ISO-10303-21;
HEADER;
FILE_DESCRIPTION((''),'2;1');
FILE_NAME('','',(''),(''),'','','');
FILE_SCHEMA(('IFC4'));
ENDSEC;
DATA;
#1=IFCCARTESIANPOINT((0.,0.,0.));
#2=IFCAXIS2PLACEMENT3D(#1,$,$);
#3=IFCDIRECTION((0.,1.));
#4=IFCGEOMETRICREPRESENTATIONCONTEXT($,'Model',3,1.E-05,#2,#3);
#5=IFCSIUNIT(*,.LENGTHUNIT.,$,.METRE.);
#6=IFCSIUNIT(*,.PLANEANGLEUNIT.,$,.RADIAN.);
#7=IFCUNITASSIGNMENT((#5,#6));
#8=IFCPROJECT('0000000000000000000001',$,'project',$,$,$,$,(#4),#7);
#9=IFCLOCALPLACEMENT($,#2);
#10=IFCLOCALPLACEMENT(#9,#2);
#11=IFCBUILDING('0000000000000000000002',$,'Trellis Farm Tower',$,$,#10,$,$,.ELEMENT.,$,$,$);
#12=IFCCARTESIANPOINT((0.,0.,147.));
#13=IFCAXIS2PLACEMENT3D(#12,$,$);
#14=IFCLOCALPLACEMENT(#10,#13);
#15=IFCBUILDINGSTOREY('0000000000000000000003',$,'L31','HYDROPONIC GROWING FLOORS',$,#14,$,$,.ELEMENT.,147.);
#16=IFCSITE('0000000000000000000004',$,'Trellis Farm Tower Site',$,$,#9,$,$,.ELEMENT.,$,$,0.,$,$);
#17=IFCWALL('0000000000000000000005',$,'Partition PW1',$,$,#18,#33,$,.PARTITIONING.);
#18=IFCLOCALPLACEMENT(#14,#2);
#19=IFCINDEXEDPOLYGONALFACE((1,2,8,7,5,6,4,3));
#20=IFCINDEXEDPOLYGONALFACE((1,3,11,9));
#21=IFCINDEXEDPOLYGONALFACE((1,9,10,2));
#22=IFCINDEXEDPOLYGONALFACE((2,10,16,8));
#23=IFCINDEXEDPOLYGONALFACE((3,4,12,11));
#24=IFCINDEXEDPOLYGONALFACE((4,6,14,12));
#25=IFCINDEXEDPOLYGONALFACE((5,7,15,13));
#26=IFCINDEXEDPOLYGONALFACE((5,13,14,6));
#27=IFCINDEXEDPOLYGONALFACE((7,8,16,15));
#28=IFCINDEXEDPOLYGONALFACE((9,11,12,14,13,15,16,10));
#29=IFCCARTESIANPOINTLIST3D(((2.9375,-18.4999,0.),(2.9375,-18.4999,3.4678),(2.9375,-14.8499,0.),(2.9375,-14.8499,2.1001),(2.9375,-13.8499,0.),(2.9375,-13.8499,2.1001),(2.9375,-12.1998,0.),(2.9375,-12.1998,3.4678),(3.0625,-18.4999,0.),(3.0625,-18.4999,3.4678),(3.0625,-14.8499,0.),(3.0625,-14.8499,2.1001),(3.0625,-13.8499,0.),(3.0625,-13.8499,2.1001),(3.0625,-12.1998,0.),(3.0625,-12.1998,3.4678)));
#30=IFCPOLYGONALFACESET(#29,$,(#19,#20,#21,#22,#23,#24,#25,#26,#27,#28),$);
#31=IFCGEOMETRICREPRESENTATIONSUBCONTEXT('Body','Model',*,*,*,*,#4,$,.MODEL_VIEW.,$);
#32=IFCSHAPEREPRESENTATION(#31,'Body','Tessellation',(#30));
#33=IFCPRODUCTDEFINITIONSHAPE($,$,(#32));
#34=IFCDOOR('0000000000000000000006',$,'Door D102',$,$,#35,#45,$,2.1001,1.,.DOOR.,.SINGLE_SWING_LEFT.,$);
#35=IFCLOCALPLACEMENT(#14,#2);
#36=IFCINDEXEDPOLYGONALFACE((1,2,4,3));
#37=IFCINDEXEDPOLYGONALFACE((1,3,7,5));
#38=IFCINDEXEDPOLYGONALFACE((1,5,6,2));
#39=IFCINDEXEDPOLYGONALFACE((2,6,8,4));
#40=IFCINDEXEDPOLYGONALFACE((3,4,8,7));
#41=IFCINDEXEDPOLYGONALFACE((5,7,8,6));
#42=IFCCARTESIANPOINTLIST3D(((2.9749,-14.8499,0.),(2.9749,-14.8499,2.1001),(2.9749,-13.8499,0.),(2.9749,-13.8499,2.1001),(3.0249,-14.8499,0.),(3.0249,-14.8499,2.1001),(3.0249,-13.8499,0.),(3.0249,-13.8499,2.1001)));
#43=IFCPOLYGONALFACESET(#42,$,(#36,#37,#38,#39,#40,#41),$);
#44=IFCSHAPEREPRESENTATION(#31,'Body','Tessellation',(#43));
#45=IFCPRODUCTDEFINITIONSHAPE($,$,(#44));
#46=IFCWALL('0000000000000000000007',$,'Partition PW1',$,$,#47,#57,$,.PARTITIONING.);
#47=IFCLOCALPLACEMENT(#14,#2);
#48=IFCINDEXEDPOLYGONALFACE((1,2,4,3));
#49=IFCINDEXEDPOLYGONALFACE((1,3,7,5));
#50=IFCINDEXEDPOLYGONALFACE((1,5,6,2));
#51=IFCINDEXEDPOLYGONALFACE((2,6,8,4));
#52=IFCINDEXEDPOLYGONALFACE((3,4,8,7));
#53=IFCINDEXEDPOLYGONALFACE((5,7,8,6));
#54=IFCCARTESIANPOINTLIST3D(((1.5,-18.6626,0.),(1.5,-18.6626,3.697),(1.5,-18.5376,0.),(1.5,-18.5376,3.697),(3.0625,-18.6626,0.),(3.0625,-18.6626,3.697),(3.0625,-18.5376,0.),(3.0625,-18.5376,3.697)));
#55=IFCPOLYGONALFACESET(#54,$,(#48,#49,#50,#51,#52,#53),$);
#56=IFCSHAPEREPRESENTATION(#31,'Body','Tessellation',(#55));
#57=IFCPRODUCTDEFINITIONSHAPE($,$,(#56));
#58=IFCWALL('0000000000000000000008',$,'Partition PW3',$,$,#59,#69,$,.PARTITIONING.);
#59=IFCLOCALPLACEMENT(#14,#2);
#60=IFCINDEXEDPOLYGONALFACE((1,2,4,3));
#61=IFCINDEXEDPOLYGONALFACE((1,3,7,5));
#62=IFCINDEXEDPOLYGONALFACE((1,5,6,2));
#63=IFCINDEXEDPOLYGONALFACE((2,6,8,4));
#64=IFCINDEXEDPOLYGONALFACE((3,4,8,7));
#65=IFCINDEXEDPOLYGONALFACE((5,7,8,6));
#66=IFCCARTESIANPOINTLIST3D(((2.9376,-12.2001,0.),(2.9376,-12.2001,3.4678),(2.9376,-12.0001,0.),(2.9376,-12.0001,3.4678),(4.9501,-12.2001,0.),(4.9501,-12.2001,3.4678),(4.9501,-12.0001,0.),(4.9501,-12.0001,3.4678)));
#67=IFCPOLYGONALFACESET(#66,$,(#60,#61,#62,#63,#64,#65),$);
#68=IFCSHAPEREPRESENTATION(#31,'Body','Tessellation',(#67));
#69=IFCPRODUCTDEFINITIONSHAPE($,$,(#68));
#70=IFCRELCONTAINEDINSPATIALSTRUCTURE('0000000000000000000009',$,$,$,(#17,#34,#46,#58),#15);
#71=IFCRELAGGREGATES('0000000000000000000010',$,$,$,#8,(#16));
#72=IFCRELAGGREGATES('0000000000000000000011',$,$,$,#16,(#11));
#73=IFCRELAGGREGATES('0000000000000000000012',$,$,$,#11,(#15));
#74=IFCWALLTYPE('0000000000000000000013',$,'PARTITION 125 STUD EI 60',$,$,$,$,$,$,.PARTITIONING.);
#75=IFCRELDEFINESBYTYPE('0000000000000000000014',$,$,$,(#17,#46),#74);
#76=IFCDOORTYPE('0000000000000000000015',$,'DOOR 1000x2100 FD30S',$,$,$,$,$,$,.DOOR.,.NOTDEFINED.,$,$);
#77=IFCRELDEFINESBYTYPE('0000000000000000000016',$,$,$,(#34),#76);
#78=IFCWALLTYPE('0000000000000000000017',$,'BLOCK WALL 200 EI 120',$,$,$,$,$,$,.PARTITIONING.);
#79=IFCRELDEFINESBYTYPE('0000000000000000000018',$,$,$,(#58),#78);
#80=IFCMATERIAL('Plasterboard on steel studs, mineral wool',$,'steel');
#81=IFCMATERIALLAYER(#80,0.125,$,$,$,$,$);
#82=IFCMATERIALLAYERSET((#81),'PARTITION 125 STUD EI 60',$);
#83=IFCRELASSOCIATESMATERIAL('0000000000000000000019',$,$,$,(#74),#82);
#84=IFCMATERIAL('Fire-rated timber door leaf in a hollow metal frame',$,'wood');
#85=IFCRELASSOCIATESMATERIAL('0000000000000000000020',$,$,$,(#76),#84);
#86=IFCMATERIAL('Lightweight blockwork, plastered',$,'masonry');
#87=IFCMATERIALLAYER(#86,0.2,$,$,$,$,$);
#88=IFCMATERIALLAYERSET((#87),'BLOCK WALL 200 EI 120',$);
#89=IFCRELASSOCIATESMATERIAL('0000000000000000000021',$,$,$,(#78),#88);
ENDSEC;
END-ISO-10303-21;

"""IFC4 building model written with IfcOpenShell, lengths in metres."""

from ifc_helpers import new_model, si_unit, direction, frame, frame_2d, origin, place, context, subcontext, project, spatial, rectangle, extrude, source, transform, mapped, material, layer, layer_set, type_object, element, fill, save


model = new_model("IFC4")

# Units and contexts
model_context = context("Model", 3, precision=1e-05, world=origin(), true_north=direction((0.0, 1.0)))
body_context = subcontext(model_context, "Body", "Model", "MODEL_VIEW")
ifc_project = project(units=[si_unit("LENGTHUNIT", "METRE"), si_unit("PLANEANGLEUNIT", "RADIAN")], contexts=[model_context])

# Site, building, storey
site_placement = place(None, origin())
site = spatial("IfcSite", under=ifc_project, at=site_placement, Name="Trellis Farm Tower Site", CompositionType="ELEMENT", RefElevation=0.0)
building_placement = place(site_placement, origin())
building = spatial("IfcBuilding", under=site, at=building_placement, Name="Trellis Farm Tower", CompositionType="ELEMENT")
storey_placement = place(building_placement, frame((0.0, 0.0, 147.0)))
storey = spatial("IfcBuildingStorey", under=building, at=storey_placement, Name="L31", Description="HYDROPONIC GROWING FLOORS", CompositionType="ELEMENT", Elevation=147.0)

# Wall, opening, door
ifc_material_1 = material(Name="Plasterboard on steel studs, mineral wool", Category="steel")
ifc_layer_1 = layer(ifc_material_1, 0.125)
ifc_layer_set_1 = layer_set([ifc_layer_1], Name="PARTITION 125 STUD EI 60")
wall_type_1 = type_object("IfcWallType", Name="PARTITION 125 STUD EI 60", PredefinedType="PARTITIONING", material=ifc_layer_set_1)
ifc_material_2 = material(Name="Fire-rated timber door leaf in a hollow metal frame", Category="wood")
shared_shape_1 = source(origin(), body_context, "Body", "SweptSolid", [
    extrude(rectangle(XDim=6.3, YDim=0.125, at=frame_2d((3.1499, 0.0))), origin(), (0.0, 0.0, 1.0), 3.4678),
])
wall_1_placement = place(storey_placement, frame((3.0, -12.2, 0.0), z_axis=(0.0, 0.0, 1.0), x_axis=(0.0, -1.0, 0.0)))
wall_1 = element("IfcWall", 1, at=wall_1_placement, inside=storey, type_object=wall_type_1, Name="Partition PW1", PredefinedType="PARTITIONING", context=body_context, shape_type="MappedRepresentation", body=[
    mapped(shared_shape_1, transform((0.0, 0.0, 0.0))),
])
shared_shape_2 = source(origin(), body_context, "Body", "SweptSolid", [
    extrude(rectangle(XDim=1.0, YDim=2.1001, at=frame_2d((0.5, 1.05))), frame((0.0, 0.0725, 0.0), z_axis=(0.0, -1.0, 0.0), x_axis=(1.0, 0.0, 0.0)), (0.0, 0.0, 1.0), 0.145),
])
opening_1_placement = place(wall_1_placement, frame((1.6499, 0.0, 0.0)))
opening_1 = element("IfcOpeningElement", 2, at=opening_1_placement, cuts=wall_1, PredefinedType="OPENING", context=body_context, shape_type="MappedRepresentation", body=[
    mapped(shared_shape_2, transform((0.0, 0.0, 0.0))),
])
door_type_1 = type_object("IfcDoorType", Name="DOOR 1000x2100 FD30S", OperationType="NOTDEFINED", PredefinedType="DOOR", material=ifc_material_2)
shared_shape_3 = source(origin(), body_context, "Body", "SweptSolid", [
    extrude(rectangle(XDim=1.0, YDim=2.1001, at=frame_2d((0.5, 1.05))), frame((0.0, 0.0249, 0.0), z_axis=(0.0, -1.0, 0.0), x_axis=(1.0, 0.0, 0.0)), (0.0, 0.0, 1.0), 0.05),
])
door_1_placement = place(opening_1_placement, origin())
door_1 = element("IfcDoor", 3, at=door_1_placement, inside=storey, type_object=door_type_1, Name="Door D102", OperationType="SINGLE_SWING_LEFT", OverallHeight=2.1001, OverallWidth=1.0, PredefinedType="DOOR", context=body_context, shape_type="MappedRepresentation", body=[
    mapped(shared_shape_3, transform((0.0, 0.0, 0.0))),
])
fill(opening_1, door_1)

# Walls
shared_shape_4 = source(origin(), body_context, "Body", "SweptSolid", [
    extrude(rectangle(XDim=1.5625, YDim=0.125, at=frame_2d((0.7812, 0.0))), origin(), (0.0, 0.0, 1.0), 3.697),
])
wall_2_placement = place(storey_placement, frame((3.0625, -18.6001, 0.0), z_axis=(0.0, 0.0, 1.0), x_axis=(-1.0, 0.0, 0.0)))
element("IfcWall", 4, at=wall_2_placement, inside=storey, type_object=wall_type_1, Name="Partition PW1", PredefinedType="PARTITIONING", context=body_context, shape_type="MappedRepresentation", body=[
    mapped(shared_shape_4, transform((0.0, 0.0, 0.0))),
])
ifc_material_3 = material(Name="Lightweight blockwork, plastered", Category="masonry")
ifc_layer_2 = layer(ifc_material_3, 0.2)
ifc_layer_set_2 = layer_set([ifc_layer_2], Name="BLOCK WALL 200 EI 120")
wall_type_2 = type_object("IfcWallType", Name="BLOCK WALL 200 EI 120", PredefinedType="PARTITIONING", material=ifc_layer_set_2)
shared_shape_5 = source(origin(), body_context, "Body", "SweptSolid", [
    extrude(rectangle(XDim=2.0125, YDim=0.2, at=frame_2d((1.0063, 0.0))), origin(), (0.0, 0.0, 1.0), 3.4678),
])
wall_3_placement = place(storey_placement, frame((2.9375, -12.1001, 0.0), z_axis=(0.0, 0.0, 1.0), x_axis=(1.0, 0.0, 0.0)))
element("IfcWall", 5, at=wall_3_placement, inside=storey, type_object=wall_type_2, Name="Partition PW3", PredefinedType="PARTITIONING", context=body_context, shape_type="MappedRepresentation", body=[
    mapped(shared_shape_5, transform((0.0, 0.0, 0.0))),
])

save(model, "model.ifc")
